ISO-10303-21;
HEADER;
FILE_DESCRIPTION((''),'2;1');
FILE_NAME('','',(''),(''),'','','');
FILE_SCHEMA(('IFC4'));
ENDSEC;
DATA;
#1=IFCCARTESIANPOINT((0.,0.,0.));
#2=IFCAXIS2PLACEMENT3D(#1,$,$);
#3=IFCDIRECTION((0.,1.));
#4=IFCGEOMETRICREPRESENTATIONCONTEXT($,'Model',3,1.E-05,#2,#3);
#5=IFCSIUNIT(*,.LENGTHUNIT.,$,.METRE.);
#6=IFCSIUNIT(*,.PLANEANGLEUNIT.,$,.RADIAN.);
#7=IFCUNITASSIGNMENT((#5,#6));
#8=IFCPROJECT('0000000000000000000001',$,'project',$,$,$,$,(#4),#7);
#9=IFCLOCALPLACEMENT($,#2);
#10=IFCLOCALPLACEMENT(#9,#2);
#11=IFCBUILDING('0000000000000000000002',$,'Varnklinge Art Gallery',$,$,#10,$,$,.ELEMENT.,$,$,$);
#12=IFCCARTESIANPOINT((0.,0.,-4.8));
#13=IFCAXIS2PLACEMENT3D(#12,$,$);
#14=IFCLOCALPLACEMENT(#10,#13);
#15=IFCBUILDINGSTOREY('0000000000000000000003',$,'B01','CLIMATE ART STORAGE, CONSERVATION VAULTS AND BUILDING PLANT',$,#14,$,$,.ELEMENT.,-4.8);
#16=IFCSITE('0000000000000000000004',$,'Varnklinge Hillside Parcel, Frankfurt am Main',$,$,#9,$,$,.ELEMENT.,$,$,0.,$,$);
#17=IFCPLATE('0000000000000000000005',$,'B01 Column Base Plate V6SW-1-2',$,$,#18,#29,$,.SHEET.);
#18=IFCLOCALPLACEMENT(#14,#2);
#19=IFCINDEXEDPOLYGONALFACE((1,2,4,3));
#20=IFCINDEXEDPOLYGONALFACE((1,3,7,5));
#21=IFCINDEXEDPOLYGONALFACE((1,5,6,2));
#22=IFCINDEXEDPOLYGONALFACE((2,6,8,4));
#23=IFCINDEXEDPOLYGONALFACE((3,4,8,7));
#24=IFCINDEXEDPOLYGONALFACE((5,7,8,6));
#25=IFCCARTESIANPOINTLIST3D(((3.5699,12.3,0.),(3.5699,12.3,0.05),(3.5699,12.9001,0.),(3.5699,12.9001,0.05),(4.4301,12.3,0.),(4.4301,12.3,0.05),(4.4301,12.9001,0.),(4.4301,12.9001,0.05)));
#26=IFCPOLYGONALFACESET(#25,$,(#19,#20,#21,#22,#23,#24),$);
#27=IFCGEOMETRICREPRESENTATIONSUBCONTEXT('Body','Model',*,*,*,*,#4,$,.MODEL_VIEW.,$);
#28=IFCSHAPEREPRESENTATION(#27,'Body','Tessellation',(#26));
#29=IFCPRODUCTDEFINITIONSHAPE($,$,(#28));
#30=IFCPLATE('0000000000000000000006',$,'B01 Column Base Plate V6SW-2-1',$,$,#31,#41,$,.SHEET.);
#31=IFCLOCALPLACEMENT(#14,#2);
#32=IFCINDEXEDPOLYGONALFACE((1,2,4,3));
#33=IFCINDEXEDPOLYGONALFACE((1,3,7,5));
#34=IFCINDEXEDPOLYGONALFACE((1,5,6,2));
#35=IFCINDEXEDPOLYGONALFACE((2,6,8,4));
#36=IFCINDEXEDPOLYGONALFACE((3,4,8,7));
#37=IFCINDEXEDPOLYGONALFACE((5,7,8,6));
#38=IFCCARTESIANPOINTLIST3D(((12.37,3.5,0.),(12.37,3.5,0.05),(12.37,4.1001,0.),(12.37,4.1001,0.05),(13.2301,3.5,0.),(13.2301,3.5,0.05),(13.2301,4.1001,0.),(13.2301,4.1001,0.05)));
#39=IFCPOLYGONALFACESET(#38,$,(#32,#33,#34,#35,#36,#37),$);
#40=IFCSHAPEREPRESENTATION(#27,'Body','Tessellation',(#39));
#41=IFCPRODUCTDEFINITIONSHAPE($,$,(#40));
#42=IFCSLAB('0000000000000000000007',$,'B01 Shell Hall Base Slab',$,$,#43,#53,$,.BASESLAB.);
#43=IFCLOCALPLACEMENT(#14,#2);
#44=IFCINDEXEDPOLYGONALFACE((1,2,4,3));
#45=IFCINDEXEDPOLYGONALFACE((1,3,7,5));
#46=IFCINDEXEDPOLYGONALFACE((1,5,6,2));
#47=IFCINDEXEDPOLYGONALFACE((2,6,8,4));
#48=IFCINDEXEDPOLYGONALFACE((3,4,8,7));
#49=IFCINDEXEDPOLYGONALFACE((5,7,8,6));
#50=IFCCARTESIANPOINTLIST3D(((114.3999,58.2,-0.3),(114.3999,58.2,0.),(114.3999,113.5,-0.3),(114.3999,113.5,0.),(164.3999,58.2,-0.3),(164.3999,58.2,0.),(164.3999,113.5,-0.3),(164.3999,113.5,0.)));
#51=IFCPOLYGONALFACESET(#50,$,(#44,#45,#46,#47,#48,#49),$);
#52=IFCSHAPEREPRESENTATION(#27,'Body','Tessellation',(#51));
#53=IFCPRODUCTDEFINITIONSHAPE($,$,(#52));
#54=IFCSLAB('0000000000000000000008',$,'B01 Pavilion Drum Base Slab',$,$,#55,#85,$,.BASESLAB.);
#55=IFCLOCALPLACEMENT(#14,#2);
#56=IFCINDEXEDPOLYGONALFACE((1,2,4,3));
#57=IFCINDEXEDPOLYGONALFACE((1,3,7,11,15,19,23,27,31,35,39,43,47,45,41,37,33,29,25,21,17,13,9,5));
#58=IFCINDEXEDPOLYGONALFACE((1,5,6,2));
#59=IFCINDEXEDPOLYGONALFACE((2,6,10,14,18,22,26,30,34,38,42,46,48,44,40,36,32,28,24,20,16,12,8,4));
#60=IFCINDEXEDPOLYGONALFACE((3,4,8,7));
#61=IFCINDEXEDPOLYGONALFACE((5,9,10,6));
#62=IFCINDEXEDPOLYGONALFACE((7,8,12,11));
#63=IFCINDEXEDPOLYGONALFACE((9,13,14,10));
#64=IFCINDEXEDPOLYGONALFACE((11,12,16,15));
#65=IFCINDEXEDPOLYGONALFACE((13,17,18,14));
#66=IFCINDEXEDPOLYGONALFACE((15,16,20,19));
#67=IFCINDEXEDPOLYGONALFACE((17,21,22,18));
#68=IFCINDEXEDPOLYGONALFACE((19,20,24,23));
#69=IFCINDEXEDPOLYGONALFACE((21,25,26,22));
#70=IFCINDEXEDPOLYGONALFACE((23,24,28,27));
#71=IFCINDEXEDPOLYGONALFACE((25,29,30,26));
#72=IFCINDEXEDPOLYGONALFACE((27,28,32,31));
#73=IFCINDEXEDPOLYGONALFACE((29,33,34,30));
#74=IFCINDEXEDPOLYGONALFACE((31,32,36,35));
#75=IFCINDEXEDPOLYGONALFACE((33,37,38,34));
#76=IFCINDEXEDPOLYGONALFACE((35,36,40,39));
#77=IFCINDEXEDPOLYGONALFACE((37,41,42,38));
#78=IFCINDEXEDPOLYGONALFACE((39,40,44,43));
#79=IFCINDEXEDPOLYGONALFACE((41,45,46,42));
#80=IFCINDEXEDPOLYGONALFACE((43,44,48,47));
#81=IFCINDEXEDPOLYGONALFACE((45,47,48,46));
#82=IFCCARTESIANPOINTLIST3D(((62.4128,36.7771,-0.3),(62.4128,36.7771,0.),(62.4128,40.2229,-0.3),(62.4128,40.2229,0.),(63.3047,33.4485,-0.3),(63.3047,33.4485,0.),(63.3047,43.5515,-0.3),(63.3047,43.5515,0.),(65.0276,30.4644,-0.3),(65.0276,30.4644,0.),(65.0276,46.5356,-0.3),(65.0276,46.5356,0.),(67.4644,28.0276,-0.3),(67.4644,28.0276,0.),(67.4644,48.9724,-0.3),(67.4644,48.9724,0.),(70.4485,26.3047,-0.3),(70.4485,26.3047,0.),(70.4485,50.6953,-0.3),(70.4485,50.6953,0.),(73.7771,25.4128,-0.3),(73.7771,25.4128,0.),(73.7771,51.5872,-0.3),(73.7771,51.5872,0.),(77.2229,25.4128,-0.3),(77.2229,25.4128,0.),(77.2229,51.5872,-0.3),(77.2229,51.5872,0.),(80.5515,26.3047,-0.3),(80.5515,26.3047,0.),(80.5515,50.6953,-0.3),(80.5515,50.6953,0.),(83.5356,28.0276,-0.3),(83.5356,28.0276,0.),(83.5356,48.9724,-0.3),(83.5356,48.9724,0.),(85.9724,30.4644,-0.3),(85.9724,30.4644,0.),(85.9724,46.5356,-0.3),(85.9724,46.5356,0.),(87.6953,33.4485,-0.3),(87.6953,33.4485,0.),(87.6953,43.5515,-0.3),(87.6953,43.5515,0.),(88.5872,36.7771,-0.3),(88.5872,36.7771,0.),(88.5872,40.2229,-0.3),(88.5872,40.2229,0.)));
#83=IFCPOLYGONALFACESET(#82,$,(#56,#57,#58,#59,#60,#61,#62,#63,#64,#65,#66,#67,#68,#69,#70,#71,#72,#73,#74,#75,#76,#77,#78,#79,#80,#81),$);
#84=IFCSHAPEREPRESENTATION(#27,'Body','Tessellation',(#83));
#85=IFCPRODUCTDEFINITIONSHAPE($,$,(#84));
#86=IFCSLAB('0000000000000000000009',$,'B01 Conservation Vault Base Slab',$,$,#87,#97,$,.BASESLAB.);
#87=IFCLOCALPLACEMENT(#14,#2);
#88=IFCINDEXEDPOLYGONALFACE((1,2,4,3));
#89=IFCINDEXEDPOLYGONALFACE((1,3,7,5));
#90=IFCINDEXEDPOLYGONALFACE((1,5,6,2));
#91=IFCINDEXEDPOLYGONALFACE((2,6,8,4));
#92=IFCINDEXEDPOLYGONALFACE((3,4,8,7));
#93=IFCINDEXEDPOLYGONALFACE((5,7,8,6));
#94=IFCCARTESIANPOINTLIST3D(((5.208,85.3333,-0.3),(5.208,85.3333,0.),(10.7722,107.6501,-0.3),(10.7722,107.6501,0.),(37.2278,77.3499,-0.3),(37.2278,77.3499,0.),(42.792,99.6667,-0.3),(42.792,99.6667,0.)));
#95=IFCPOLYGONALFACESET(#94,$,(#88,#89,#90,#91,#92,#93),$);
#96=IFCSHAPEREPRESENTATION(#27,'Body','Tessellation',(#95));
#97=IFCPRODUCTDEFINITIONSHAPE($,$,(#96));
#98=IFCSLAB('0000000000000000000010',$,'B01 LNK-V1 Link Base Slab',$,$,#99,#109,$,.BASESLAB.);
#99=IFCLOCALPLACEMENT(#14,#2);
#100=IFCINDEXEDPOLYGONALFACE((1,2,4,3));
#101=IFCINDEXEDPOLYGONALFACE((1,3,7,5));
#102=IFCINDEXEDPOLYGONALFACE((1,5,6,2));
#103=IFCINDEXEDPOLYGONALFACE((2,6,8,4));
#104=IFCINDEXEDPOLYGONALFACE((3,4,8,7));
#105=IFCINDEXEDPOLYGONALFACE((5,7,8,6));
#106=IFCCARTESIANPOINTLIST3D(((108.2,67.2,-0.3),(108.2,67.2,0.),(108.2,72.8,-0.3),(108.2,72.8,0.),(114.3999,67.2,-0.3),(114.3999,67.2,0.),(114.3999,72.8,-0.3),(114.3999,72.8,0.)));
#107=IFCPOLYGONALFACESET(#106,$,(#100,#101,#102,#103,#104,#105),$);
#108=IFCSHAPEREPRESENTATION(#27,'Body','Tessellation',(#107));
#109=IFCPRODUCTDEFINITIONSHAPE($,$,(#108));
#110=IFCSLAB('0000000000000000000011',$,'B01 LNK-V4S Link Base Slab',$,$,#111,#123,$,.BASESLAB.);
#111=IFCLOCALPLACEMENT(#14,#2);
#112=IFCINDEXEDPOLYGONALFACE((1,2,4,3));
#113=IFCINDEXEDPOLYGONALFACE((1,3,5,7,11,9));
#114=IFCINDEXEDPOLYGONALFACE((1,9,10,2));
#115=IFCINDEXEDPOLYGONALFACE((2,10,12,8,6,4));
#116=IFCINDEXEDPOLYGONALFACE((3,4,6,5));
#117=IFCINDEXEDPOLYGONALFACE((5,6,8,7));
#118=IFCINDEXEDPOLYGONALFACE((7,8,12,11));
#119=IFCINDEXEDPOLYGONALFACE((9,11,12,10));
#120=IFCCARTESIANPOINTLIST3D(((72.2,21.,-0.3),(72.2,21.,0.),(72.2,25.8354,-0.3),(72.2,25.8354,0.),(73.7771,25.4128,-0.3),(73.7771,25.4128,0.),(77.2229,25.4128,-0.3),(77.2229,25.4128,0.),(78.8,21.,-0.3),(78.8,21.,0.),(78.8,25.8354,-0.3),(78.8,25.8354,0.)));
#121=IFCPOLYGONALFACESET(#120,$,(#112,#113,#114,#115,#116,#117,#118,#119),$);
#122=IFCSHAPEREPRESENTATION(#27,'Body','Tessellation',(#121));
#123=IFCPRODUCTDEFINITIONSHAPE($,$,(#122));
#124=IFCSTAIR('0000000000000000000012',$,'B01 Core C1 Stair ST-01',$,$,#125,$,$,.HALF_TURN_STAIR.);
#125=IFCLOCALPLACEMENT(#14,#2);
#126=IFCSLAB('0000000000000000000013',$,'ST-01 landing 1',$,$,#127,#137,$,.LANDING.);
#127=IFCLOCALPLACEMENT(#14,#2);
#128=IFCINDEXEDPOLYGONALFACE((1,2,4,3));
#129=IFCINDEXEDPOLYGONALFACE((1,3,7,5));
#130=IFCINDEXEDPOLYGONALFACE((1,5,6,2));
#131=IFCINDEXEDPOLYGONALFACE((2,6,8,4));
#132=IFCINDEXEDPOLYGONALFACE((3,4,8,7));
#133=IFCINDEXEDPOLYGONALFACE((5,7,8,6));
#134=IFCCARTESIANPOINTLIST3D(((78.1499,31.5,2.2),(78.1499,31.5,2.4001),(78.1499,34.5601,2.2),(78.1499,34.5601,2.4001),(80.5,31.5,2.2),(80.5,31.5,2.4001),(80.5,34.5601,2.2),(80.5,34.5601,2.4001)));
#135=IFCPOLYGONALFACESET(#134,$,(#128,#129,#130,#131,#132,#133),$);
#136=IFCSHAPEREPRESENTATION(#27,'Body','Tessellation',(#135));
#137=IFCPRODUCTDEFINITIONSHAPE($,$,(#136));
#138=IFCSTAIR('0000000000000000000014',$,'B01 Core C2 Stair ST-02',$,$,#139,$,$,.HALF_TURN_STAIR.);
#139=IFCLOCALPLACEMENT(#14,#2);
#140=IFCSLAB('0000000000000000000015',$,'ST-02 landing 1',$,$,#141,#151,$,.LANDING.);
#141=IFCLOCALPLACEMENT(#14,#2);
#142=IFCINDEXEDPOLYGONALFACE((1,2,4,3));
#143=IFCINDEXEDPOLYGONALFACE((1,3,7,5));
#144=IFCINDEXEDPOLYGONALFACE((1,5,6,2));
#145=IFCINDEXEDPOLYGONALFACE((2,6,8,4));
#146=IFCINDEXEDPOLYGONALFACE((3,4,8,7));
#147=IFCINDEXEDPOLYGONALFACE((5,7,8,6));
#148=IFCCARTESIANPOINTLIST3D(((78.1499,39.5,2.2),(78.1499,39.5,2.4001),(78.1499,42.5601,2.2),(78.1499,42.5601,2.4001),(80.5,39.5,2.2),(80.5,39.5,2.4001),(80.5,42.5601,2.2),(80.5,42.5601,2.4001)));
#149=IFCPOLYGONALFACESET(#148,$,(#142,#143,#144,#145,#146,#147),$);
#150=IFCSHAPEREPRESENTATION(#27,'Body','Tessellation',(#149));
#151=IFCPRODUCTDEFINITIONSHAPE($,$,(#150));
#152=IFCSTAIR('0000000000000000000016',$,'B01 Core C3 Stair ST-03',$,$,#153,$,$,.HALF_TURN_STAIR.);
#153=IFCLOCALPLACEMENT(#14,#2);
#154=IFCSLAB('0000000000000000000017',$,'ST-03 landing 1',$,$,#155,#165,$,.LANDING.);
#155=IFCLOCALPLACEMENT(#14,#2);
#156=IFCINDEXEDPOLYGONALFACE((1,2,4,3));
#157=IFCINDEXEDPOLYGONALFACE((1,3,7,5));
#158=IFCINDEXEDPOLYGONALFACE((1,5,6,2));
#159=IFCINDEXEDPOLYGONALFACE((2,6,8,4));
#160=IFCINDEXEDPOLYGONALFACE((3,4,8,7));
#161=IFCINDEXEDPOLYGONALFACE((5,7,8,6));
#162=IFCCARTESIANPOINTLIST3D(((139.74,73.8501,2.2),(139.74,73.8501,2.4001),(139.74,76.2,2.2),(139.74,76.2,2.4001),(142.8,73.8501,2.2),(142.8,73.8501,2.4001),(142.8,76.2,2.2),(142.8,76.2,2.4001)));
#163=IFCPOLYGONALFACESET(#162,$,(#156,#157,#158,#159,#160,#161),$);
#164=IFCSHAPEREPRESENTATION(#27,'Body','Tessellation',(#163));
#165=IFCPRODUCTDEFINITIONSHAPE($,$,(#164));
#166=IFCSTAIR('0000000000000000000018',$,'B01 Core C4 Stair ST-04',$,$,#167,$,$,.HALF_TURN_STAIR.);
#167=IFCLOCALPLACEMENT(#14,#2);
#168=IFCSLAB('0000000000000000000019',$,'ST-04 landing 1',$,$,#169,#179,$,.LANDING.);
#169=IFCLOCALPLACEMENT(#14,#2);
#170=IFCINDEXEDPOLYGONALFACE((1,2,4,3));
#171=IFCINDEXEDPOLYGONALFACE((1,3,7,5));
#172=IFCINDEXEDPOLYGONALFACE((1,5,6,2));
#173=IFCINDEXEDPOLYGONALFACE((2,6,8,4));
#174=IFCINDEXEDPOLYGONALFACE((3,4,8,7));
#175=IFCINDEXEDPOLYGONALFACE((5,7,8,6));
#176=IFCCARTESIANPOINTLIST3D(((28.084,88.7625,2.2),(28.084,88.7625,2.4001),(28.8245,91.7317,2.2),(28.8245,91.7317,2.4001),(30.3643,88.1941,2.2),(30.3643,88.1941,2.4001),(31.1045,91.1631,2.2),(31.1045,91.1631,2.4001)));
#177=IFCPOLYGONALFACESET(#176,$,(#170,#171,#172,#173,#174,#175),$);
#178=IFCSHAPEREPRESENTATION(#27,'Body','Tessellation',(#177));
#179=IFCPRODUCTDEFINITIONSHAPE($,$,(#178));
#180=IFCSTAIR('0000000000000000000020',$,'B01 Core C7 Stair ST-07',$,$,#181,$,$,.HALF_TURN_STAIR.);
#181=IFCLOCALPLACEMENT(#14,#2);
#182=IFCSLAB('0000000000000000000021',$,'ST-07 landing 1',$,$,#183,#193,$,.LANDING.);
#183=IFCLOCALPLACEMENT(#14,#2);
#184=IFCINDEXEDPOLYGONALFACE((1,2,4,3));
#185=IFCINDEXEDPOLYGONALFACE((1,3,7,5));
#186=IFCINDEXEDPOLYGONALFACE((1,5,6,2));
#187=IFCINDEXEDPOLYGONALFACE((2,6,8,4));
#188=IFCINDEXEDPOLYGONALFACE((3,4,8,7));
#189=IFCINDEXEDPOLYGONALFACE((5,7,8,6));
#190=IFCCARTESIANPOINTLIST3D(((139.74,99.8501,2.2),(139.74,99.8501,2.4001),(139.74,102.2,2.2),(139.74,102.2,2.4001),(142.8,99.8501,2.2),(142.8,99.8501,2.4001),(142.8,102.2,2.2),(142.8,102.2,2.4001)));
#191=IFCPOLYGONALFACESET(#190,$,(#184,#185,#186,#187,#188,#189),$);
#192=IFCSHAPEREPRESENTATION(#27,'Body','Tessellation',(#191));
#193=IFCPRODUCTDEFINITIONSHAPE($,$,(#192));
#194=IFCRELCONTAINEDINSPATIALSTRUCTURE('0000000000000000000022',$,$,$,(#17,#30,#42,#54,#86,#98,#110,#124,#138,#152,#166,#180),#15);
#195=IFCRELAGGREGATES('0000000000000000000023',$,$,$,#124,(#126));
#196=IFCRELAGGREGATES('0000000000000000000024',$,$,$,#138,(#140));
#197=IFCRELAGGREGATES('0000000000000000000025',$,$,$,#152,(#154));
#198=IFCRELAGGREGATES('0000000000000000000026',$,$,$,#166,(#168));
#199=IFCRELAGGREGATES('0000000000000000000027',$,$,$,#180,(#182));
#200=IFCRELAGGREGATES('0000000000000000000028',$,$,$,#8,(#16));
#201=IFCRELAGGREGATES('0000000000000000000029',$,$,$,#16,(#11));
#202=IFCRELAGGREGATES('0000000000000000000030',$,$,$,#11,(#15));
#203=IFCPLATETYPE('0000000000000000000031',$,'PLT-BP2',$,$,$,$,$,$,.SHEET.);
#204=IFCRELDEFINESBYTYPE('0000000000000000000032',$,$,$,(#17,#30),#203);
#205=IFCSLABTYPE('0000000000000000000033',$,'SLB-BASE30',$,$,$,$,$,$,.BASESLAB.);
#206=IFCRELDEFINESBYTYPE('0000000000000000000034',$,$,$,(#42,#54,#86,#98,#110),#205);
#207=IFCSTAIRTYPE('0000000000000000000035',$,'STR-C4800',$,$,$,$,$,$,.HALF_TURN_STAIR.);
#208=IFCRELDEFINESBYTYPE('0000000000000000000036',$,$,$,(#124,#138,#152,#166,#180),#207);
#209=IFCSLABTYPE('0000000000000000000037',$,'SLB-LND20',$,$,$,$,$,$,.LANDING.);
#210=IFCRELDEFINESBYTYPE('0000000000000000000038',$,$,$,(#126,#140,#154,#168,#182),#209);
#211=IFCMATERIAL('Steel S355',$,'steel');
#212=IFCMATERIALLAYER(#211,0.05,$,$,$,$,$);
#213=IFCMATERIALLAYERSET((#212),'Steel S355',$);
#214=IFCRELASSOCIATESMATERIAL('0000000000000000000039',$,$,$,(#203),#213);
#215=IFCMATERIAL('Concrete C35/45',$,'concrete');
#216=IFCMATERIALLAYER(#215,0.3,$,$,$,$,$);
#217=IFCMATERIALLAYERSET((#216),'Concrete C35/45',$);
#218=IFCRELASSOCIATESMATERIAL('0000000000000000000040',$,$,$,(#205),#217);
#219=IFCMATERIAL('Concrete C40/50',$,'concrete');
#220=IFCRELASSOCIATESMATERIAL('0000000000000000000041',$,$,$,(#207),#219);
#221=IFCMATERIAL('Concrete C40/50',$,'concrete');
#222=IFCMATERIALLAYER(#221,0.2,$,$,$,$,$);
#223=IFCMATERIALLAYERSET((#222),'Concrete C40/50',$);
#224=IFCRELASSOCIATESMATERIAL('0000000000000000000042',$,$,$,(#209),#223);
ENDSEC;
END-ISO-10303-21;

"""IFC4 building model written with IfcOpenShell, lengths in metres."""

from ifc_helpers import new_model, si_unit, direction, frame, origin, origin_2d, place, context, subcontext, project, spatial, polyline, rectangle, outline, extrude, material, layer, layer_set, type_object, element, aggregate, save


model = new_model("IFC4")

# Units and contexts
model_context = context("Model", 3, precision=1e-05, world=origin(), true_north=direction((0.0, 1.0)))
body_context = subcontext(model_context, "Body", "Model", "MODEL_VIEW")
ifc_project = project(units=[si_unit("LENGTHUNIT", "METRE"), si_unit("PLANEANGLEUNIT", "RADIAN")], contexts=[model_context])

# Site, building, storey
site_placement = place(None, origin())
site = spatial("IfcSite", under=ifc_project, at=site_placement, Name="Varnklinge Hillside Parcel, Frankfurt am Main", CompositionType="ELEMENT", RefElevation=0.0)
building_placement = place(site_placement, origin())
building = spatial("IfcBuilding", under=site, at=building_placement, Name="Varnklinge Art Gallery", CompositionType="ELEMENT")
storey_placement = place(building_placement, frame((0.0, 0.0, -4.8)))
storey = spatial("IfcBuildingStorey", under=building, at=storey_placement, Name="B01", Description="CLIMATE ART STORAGE, CONSERVATION VAULTS AND BUILDING PLANT", CompositionType="ELEMENT", Elevation=-4.8)

# Plates
ifc_material_1 = material(Name="Steel S355", Category="steel")
ifc_layer_1 = layer(ifc_material_1, 0.05)
ifc_layer_set_1 = layer_set([ifc_layer_1], Name="Steel S355")
plate_type = type_object("IfcPlateType", Name="PLT-BP2", PredefinedType="SHEET", material=ifc_layer_set_1)
for number, where, z_axis, x_axis, name in (
    (1, (4.0, 12.6001, 0.0), (0.0, 0.0, 1.0), (1.0, 0.0, 0.0), "B01 Column Base Plate V6SW-1-2"),
    (2, (12.8, 3.8, 0.0), (0.0, 0.0, 1.0), (1.0, 0.0, 0.0), "B01 Column Base Plate V6SW-2-1"),
):
    element("IfcPlate", number, at=place(storey_placement, frame(where, z_axis=z_axis, x_axis=x_axis)), inside=storey, type_object=plate_type, Name=name, PredefinedType="SHEET", context=body_context, shape_type="SweptSolid", body=[
        extrude(rectangle(XDim=0.8601, YDim=0.6001, at=origin_2d()), origin(), (0.0, 0.0, 1.0), 0.05),
    ])

# Slabs
ifc_material_2 = material(Name="Concrete C35/45", Category="concrete")
ifc_layer_2 = layer(ifc_material_2, 0.3)
ifc_layer_set_2 = layer_set([ifc_layer_2], Name="Concrete C35/45")
slab_type_1 = type_object("IfcSlabType", Name="SLB-BASE30", PredefinedType="BASESLAB", material=ifc_layer_set_2)
slab_1_placement = place(storey_placement, frame((0.0, 0.0, -0.3)))
element("IfcSlab", 3, at=slab_1_placement, inside=storey, type_object=slab_type_1, Name="B01 Shell Hall Base Slab", PredefinedType="BASESLAB", context=body_context, shape_type="SweptSolid", body=[
    extrude(outline(polyline([(164.3999, 58.2), (164.3999, 113.5), (114.3999, 113.5), (114.3999, 58.2), (164.3999, 58.2)])), origin(), (0.0, 0.0, 1.0), 0.3),
])
slab_2_placement = place(storey_placement, frame((0.0, 0.0, -0.3)))
element("IfcSlab", 4, at=slab_2_placement, inside=storey, type_object=slab_type_1, Name="B01 Pavilion Drum Base Slab", PredefinedType="BASESLAB", context=body_context, shape_type="SweptSolid", body=[
    extrude(outline(polyline([(87.6953, 43.5515), (85.9724, 46.5356), (83.5356, 48.9724), (80.5515, 50.6953), (77.2229, 51.5872), (73.7771, 51.5872), (70.4485, 50.6953), (67.4644, 48.9724), (65.0276, 46.5356), (63.3047, 43.5515), (62.4128, 40.2229), (62.4128, 36.7771), (63.3047, 33.4485), (65.0276, 30.4644), (67.4644, 28.0276), (70.4485, 26.3047), (73.7771, 25.4128), (77.2229, 25.4128), (80.5515, 26.3047), (83.5356, 28.0276), (85.9724, 30.4644), (87.6953, 33.4485), (88.5872, 36.7771), (88.5872, 40.2229), (87.6953, 43.5515)])), origin(), (0.0, 0.0, 1.0), 0.3),
])
slab_3_placement = place(storey_placement, frame((0.0, 0.0, -0.3)))
element("IfcSlab", 5, at=slab_3_placement, inside=storey, type_object=slab_type_1, Name="B01 Conservation Vault Base Slab", PredefinedType="BASESLAB", context=body_context, shape_type="SweptSolid", body=[
    extrude(outline(polyline([(37.2278, 77.3499), (42.792, 99.6667), (10.7722, 107.6501), (5.208, 85.3333), (37.2278, 77.3499)])), origin(), (0.0, 0.0, 1.0), 0.3),
])
slab_4_placement = place(storey_placement, frame((0.0, 0.0, -0.3)))
element("IfcSlab", 6, at=slab_4_placement, inside=storey, type_object=slab_type_1, Name="B01 LNK-V1 Link Base Slab", PredefinedType="BASESLAB", context=body_context, shape_type="SweptSolid", body=[
    extrude(outline(polyline([(114.3999, 72.8), (108.2, 72.8), (108.2, 67.2), (114.3999, 67.2), (114.3999, 72.8)])), origin(), (0.0, 0.0, 1.0), 0.3),
])
slab_5_placement = place(storey_placement, frame((0.0, 0.0, -0.3)))
element("IfcSlab", 7, at=slab_5_placement, inside=storey, type_object=slab_type_1, Name="B01 LNK-V4S Link Base Slab", PredefinedType="BASESLAB", context=body_context, shape_type="SweptSolid", body=[
    extrude(outline(polyline([(72.2, 21.0), (78.8, 21.0), (78.8, 25.8354), (77.2229, 25.4128), (73.7771, 25.4128), (72.2, 25.8354), (72.2, 21.0)])), origin(), (0.0, 0.0, 1.0), 0.3),
])

# Stairs, slabs
ifc_material_3 = material(Name="Concrete C40/50", Category="concrete")
stair_type = type_object("IfcStairType", Name="STR-C4800", PredefinedType="HALF_TURN_STAIR", material=ifc_material_3)
stair_1_placement = place(storey_placement, origin())
stair_1 = element("IfcStair", 8, at=stair_1_placement, inside=storey, type_object=stair_type, Name="B01 Core C1 Stair ST-01", PredefinedType="HALF_TURN_STAIR")
ifc_material_4 = material(Name="Concrete C40/50", Category="concrete")
ifc_layer_3 = layer(ifc_material_4, 0.2)
ifc_layer_set_3 = layer_set([ifc_layer_3], Name="Concrete C40/50")
slab_type_2 = type_object("IfcSlabType", Name="SLB-LND20", PredefinedType="LANDING", material=ifc_layer_set_3)
slab_6_placement = place(storey_placement, frame((0.0, 0.0, 2.2)))
slab_6 = element("IfcSlab", 9, at=slab_6_placement, type_object=slab_type_2, Name="ST-01 landing 1", PredefinedType="LANDING", context=body_context, shape_type="SweptSolid", body=[
    extrude(outline(polyline([(78.1499, 31.5), (80.5, 31.5), (80.5, 34.5601), (78.1499, 34.5601), (78.1499, 31.5)])), origin(), (0.0, 0.0, 1.0), 0.2002),
])
aggregate(stair_1, [slab_6])
stair_2_placement = place(storey_placement, origin())
stair_2 = element("IfcStair", 10, at=stair_2_placement, inside=storey, type_object=stair_type, Name="B01 Core C2 Stair ST-02", PredefinedType="HALF_TURN_STAIR")
slab_7_placement = place(storey_placement, frame((0.0, 0.0, 2.2)))
slab_7 = element("IfcSlab", 11, at=slab_7_placement, type_object=slab_type_2, Name="ST-02 landing 1", PredefinedType="LANDING", context=body_context, shape_type="SweptSolid", body=[
    extrude(outline(polyline([(78.1499, 39.5), (80.5, 39.5), (80.5, 42.5601), (78.1499, 42.5601), (78.1499, 39.5)])), origin(), (0.0, 0.0, 1.0), 0.2002),
])
aggregate(stair_2, [slab_7])
stair_3_placement = place(storey_placement, origin())
stair_3 = element("IfcStair", 12, at=stair_3_placement, inside=storey, type_object=stair_type, Name="B01 Core C3 Stair ST-03", PredefinedType="HALF_TURN_STAIR")
slab_8_placement = place(storey_placement, frame((0.0, 0.0, 2.2)))
slab_8 = element("IfcSlab", 13, at=slab_8_placement, type_object=slab_type_2, Name="ST-03 landing 1", PredefinedType="LANDING", context=body_context, shape_type="SweptSolid", body=[
    extrude(outline(polyline([(142.8, 73.8501), (142.8, 76.2), (139.74, 76.2), (139.74, 73.8501), (142.8, 73.8501)])), origin(), (0.0, 0.0, 1.0), 0.2002),
])
aggregate(stair_3, [slab_8])
stair_4_placement = place(storey_placement, origin())
stair_4 = element("IfcStair", 14, at=stair_4_placement, inside=storey, type_object=stair_type, Name="B01 Core C4 Stair ST-04", PredefinedType="HALF_TURN_STAIR")
slab_9_placement = place(storey_placement, frame((0.0, 0.0, 2.2)))
slab_9 = element("IfcSlab", 15, at=slab_9_placement, type_object=slab_type_2, Name="ST-04 landing 1", PredefinedType="LANDING", context=body_context, shape_type="SweptSolid", body=[
    extrude(outline(polyline([(28.084, 88.7625), (30.3643, 88.1941), (31.1045, 91.1631), (28.8245, 91.7317), (28.084, 88.7625)])), origin(), (0.0, 0.0, 1.0), 0.2002),
])
aggregate(stair_4, [slab_9])
stair_5_placement = place(storey_placement, origin())
stair_5 = element("IfcStair", 16, at=stair_5_placement, inside=storey, type_object=stair_type, Name="B01 Core C7 Stair ST-07", PredefinedType="HALF_TURN_STAIR")
slab_10_placement = place(storey_placement, frame((0.0, 0.0, 2.2)))
slab_10 = element("IfcSlab", 17, at=slab_10_placement, type_object=slab_type_2, Name="ST-07 landing 1", PredefinedType="LANDING", context=body_context, shape_type="SweptSolid", body=[
    extrude(outline(polyline([(142.8, 99.8501), (142.8, 102.2), (139.74, 102.2), (139.74, 99.8501), (142.8, 99.8501)])), origin(), (0.0, 0.0, 1.0), 0.2002),
])
aggregate(stair_5, [slab_10])

save(model, "model.ifc")
